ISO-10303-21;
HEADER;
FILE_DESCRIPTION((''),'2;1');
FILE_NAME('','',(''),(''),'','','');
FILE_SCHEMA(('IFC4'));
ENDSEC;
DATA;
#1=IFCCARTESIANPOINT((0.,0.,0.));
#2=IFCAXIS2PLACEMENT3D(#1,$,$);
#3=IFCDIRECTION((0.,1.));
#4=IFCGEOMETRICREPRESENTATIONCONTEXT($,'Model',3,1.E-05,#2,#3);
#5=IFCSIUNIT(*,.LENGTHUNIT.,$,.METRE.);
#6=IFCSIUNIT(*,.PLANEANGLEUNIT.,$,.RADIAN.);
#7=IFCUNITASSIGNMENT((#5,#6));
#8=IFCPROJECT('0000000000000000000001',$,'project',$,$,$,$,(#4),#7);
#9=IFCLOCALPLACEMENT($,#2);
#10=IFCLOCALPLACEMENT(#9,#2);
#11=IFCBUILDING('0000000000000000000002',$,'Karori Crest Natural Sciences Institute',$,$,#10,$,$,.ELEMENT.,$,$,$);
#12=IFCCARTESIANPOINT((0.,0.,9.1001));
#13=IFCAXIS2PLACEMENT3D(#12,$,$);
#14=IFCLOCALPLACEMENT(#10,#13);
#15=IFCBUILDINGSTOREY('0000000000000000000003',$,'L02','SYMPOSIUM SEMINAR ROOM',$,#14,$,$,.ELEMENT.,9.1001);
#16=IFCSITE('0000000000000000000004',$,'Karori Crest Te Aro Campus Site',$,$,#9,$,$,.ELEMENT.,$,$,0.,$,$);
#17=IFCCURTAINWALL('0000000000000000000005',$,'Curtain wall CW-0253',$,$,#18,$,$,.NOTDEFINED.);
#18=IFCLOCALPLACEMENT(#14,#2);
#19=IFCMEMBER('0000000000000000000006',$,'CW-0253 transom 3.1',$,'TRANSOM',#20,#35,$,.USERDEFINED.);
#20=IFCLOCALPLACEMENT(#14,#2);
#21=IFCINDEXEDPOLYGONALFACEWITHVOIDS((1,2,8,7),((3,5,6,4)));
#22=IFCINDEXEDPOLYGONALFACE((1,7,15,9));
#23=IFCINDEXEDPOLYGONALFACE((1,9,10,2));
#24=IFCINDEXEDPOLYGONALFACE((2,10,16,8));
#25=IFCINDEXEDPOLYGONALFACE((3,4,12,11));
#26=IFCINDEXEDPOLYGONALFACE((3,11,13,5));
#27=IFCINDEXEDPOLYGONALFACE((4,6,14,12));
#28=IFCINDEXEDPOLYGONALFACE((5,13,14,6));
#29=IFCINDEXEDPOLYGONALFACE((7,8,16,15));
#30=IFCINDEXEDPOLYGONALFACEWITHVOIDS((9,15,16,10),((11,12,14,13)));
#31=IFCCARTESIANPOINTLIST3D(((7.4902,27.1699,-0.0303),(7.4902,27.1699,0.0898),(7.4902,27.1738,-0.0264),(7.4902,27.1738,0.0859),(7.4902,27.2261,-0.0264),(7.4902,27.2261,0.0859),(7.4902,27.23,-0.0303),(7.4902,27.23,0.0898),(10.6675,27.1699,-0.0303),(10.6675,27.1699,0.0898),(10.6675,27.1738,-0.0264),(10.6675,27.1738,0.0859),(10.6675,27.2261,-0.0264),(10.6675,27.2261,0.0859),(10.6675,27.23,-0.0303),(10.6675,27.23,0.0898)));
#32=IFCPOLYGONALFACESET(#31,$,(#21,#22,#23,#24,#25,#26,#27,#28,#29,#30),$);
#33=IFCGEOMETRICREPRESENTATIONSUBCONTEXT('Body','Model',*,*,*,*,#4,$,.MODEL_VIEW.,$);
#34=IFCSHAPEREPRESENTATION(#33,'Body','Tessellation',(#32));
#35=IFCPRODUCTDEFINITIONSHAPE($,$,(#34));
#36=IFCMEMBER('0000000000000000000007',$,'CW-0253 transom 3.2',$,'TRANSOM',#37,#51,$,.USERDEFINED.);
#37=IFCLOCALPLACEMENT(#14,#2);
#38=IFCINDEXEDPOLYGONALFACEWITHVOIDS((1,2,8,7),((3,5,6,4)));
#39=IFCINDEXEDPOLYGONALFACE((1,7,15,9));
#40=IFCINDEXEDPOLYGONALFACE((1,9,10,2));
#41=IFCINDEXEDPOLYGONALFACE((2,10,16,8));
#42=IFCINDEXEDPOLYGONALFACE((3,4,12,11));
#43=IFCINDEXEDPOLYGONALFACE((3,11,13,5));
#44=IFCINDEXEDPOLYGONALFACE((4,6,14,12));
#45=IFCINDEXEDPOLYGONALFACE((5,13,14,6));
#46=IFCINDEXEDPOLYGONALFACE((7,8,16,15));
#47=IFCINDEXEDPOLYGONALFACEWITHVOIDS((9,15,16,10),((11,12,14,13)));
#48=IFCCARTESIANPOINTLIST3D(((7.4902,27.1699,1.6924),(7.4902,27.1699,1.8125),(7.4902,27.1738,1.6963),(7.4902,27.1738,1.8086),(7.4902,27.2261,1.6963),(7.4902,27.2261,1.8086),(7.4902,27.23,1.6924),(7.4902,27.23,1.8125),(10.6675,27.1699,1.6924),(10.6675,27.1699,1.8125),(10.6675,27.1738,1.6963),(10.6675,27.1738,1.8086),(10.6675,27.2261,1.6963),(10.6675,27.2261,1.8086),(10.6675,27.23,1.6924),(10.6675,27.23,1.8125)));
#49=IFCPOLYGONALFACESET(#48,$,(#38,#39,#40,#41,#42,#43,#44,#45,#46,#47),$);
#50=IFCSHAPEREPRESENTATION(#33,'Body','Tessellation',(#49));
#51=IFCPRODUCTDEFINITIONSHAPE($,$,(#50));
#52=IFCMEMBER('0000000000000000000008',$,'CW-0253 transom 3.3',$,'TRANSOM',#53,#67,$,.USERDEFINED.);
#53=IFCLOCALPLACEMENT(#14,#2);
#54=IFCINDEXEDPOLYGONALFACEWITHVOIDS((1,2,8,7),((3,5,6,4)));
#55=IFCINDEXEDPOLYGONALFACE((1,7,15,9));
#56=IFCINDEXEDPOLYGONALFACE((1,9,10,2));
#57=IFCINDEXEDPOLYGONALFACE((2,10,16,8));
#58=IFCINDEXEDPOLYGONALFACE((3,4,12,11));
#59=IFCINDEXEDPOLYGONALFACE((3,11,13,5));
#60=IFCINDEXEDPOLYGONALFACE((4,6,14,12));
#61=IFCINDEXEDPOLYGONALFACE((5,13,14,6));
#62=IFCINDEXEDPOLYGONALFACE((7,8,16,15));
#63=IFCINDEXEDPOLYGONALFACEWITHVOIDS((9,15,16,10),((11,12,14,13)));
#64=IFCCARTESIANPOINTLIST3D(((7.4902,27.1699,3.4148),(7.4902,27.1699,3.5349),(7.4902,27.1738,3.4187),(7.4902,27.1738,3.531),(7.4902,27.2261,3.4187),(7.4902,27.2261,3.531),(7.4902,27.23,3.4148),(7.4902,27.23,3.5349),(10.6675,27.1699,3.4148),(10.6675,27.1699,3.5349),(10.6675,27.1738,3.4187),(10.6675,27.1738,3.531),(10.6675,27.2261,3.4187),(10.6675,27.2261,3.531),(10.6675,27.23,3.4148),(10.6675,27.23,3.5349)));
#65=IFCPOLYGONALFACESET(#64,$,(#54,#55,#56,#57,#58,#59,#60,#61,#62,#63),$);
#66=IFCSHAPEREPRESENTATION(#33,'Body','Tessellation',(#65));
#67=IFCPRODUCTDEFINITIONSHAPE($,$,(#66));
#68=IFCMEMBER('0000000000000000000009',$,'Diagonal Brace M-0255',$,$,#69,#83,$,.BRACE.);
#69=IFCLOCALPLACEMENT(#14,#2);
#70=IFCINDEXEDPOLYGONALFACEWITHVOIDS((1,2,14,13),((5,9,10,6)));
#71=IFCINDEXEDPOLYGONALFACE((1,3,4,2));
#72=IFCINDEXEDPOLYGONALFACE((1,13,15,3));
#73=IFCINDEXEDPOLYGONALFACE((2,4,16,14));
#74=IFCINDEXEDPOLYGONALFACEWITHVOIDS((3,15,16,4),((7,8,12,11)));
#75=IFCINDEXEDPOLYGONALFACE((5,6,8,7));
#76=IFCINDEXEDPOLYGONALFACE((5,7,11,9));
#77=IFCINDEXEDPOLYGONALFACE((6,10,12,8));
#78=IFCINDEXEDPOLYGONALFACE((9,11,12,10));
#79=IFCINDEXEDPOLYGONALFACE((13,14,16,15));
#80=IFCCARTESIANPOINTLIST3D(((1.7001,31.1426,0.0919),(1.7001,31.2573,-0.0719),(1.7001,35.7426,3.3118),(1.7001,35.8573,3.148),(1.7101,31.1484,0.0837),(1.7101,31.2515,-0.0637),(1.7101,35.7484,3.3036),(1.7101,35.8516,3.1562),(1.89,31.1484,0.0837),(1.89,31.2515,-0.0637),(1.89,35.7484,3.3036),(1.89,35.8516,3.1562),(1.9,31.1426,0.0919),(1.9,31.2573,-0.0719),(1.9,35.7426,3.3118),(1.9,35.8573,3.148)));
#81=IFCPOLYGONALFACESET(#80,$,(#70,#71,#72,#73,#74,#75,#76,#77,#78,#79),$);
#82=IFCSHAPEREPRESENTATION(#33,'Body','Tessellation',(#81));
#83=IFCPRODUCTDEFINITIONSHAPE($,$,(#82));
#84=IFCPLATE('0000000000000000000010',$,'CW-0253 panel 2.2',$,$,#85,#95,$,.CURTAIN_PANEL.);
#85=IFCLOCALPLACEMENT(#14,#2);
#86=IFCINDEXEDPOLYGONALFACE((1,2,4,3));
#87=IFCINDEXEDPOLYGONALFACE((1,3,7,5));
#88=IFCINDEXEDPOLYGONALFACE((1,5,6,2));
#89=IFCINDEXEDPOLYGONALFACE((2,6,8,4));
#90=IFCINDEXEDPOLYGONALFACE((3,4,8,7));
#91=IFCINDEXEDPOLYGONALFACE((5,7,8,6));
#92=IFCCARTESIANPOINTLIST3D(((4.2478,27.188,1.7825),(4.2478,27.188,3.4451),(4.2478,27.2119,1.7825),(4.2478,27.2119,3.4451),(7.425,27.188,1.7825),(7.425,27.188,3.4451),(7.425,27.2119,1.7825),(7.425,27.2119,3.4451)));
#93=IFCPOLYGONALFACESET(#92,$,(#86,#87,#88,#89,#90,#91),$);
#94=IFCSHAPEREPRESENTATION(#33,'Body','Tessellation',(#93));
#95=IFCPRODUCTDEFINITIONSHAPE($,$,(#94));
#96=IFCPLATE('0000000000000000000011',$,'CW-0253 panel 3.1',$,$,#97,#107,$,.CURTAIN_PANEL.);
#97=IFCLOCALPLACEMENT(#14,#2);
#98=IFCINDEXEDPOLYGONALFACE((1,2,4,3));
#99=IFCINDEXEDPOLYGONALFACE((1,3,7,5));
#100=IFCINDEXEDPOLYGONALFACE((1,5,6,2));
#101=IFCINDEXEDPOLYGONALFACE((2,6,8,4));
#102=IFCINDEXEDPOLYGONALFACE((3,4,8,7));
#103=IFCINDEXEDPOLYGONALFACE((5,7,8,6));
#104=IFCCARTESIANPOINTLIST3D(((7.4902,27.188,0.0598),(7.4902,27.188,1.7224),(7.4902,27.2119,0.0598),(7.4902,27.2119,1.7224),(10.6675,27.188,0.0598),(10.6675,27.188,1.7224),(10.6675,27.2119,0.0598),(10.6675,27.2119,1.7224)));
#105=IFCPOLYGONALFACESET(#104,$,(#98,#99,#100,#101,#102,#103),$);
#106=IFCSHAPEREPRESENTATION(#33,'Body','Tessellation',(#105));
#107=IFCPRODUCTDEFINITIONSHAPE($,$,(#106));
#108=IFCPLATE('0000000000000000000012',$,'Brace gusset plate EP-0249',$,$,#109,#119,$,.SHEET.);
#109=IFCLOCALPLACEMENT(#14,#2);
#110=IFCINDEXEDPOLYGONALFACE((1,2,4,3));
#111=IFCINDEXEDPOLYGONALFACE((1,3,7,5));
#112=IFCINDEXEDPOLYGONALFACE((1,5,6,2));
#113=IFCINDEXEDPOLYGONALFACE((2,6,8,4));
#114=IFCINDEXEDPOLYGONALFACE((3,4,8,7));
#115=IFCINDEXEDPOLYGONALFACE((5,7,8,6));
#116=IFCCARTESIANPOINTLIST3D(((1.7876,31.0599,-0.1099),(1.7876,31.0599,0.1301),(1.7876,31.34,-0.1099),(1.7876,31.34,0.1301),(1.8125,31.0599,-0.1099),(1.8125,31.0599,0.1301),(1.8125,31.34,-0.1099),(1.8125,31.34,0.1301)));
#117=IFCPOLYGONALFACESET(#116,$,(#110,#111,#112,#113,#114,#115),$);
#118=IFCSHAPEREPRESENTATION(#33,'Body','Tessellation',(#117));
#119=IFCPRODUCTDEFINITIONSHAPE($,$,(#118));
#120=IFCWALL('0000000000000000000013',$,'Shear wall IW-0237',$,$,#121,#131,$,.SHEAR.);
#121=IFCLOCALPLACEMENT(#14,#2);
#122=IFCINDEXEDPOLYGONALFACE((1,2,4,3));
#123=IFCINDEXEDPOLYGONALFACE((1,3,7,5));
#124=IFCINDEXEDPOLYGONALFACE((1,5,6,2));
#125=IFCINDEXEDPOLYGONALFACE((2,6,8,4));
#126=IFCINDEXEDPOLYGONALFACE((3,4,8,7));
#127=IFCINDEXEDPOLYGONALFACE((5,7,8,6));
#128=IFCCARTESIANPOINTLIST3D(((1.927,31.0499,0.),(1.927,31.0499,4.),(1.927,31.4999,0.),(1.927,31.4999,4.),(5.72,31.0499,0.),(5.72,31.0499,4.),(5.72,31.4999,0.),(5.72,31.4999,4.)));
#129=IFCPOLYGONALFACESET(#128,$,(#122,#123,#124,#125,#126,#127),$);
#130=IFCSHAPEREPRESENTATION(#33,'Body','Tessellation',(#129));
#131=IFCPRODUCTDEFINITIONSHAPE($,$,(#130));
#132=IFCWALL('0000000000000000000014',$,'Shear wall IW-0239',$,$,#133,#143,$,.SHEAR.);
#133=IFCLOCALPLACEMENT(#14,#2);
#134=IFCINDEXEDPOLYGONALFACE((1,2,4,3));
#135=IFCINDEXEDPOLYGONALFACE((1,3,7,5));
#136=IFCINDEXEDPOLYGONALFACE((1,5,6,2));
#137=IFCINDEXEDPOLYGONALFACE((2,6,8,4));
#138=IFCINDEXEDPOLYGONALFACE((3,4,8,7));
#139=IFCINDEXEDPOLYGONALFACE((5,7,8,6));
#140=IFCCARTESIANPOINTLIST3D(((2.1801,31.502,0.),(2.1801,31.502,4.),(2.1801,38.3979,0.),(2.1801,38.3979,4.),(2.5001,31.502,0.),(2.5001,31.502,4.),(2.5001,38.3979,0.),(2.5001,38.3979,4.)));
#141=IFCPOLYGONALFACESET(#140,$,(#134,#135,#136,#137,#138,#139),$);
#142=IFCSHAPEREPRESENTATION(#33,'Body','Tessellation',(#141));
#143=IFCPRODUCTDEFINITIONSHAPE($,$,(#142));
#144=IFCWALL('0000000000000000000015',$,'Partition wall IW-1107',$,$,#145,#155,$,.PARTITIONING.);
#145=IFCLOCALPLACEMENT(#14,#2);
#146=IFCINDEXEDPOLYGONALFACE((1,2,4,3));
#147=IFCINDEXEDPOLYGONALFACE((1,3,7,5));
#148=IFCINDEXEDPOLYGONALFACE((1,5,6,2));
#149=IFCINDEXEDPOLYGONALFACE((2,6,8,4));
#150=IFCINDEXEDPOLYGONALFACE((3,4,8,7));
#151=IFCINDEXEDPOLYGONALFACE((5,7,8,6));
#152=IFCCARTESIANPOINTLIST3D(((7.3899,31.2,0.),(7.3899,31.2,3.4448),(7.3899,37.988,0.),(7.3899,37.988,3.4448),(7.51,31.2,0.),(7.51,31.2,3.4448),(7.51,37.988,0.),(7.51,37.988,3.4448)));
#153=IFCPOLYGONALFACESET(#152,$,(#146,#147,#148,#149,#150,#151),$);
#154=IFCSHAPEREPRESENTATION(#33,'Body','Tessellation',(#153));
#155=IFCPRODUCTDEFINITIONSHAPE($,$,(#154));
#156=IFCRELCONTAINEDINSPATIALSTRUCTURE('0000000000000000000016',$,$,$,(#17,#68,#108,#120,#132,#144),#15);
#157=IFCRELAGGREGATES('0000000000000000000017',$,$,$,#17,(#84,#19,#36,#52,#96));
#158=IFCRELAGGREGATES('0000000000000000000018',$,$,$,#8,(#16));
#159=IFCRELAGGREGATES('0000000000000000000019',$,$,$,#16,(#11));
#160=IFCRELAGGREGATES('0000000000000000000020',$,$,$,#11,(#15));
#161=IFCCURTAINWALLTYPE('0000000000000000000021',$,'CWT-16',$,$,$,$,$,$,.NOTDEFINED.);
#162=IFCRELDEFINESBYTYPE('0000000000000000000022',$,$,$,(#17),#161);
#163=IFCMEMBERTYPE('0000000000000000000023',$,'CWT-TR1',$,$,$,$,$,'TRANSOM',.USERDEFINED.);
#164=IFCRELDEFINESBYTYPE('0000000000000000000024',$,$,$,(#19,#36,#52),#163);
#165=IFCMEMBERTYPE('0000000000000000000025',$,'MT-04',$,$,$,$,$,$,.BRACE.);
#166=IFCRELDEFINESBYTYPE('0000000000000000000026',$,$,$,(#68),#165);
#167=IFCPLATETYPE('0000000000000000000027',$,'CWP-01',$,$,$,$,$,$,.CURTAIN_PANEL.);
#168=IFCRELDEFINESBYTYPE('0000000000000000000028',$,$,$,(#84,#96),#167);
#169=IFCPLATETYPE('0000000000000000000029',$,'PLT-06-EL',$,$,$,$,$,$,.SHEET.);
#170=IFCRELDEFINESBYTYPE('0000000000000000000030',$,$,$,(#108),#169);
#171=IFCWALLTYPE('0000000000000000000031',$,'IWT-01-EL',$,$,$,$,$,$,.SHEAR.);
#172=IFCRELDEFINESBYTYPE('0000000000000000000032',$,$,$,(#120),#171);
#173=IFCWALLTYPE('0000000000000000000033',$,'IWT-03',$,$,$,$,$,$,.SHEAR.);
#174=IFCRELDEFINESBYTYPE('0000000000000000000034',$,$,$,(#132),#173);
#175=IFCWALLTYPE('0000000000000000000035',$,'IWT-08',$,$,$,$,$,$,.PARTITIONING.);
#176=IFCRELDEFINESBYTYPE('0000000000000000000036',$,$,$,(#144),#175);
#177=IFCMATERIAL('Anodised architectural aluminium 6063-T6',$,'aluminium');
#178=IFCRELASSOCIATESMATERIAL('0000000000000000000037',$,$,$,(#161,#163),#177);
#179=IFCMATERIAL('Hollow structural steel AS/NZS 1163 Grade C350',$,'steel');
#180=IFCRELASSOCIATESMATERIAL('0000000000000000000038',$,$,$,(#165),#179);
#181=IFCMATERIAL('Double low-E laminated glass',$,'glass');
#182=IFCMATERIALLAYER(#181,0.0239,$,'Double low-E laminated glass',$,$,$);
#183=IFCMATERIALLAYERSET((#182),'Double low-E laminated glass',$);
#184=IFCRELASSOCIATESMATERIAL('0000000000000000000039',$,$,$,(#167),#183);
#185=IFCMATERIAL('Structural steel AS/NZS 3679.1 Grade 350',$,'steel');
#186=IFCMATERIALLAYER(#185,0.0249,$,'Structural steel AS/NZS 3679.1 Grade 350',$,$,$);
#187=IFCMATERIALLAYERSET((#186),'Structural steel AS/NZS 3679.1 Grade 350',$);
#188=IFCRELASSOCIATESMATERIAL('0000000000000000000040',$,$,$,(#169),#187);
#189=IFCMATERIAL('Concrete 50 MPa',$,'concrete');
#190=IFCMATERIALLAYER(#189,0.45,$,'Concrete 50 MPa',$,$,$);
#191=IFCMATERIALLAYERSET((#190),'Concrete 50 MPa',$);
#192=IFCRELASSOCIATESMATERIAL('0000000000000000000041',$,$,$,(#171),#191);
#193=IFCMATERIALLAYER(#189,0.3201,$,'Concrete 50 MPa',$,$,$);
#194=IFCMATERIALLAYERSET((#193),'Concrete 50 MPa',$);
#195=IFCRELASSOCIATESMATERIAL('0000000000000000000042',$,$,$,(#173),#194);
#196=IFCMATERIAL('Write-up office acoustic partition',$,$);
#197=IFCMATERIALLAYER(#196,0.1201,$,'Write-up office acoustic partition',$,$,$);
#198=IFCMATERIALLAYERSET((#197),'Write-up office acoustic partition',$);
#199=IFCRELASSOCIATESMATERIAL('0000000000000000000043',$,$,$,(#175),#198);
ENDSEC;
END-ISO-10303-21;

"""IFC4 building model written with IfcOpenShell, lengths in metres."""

from ifc_helpers import new_model, si_unit, direction, frame, frame_2d, origin, origin_2d, place, context, subcontext, project, spatial, rectangle, hollow_rectangle, extrude, material, layer, layer_set, material_profile, profile_set, type_object, element, aggregate, save


model = new_model("IFC4")

# Units and contexts
model_context = context("Model", 3, precision=1e-05, world=origin(), true_north=direction((0.0, 1.0)))
body_context = subcontext(model_context, "Body", "Model", "MODEL_VIEW")
ifc_project = project(units=[si_unit("LENGTHUNIT", "METRE"), si_unit("PLANEANGLEUNIT", "RADIAN")], contexts=[model_context])

# Site, building, storey
site_placement = place(None, origin())
site = spatial("IfcSite", under=ifc_project, at=site_placement, Name="Karori Crest Te Aro Campus Site", CompositionType="ELEMENT", RefElevation=0.0)
building_placement = place(site_placement, origin())
building = spatial("IfcBuilding", under=site, at=building_placement, Name="Karori Crest Natural Sciences Institute", CompositionType="ELEMENT")
storey_placement = place(building_placement, frame((0.0, 0.0, 9.1001)))
storey = spatial("IfcBuildingStorey", under=building, at=storey_placement, Name="L02", Description="SYMPOSIUM SEMINAR ROOM", CompositionType="ELEMENT", Elevation=9.1001)

# Shared definitions
ifc_material_1 = material(Name="Hollow structural steel AS/NZS 1163 Grade C350", Category="steel")

# Shared definitions
ifc_material_2 = material(Name="Structural steel AS/NZS 3679.1 Grade 350", Category="steel")

# Curtain wall, members
ifc_material_3 = material(Name="Anodised architectural aluminium 6063-T6", Category="aluminium")
curtain_wall_type = type_object("IfcCurtainWallType", Name="CWT-16", PredefinedType="NOTDEFINED", material=ifc_material_3)
curtain_wall_placement = place(storey_placement, origin())
curtain_wall = element("IfcCurtainWall", 1, at=curtain_wall_placement, inside=storey, type_object=curtain_wall_type, Name="Curtain wall CW-0253", PredefinedType="NOTDEFINED")
ifc_material_profile_1 = material_profile(ifc_material_3, hollow_rectangle(XDim=0.0601, YDim=0.1201, WallThickness=0.0039, at=origin_2d()), Name="CWT120x60x4")
ifc_profile_set_1 = profile_set([ifc_material_profile_1], Name="Anodised architectural aluminium 6063-T6")
member_type_1 = type_object("IfcMemberType", Name="CWT-TR1", ElementType="TRANSOM", PredefinedType="USERDEFINED", material=ifc_profile_set_1)
member_1_placement = place(storey_placement, frame((7.4902, 27.2, 0.0298), z_axis=(1.0, 0.0, 0.0), x_axis=(0.0, 1.0, 0.0)))
member_1 = element("IfcMember", 2, at=member_1_placement, type_object=member_type_1, Name="CW-0253 transom 3.1", ObjectType="TRANSOM", PredefinedType="USERDEFINED", context=body_context, shape_type="SweptSolid", body=[
    extrude(hollow_rectangle(XDim=0.0601, YDim=0.1201, WallThickness=0.0039, at=origin_2d()), origin(), (0.0, 0.0, 1.0), 3.1772),
])
member_2_placement = place(storey_placement, frame((7.4902, 27.2, 1.7524), z_axis=(1.0, 0.0, 0.0), x_axis=(0.0, 1.0, 0.0)))
member_2 = element("IfcMember", 3, at=member_2_placement, type_object=member_type_1, Name="CW-0253 transom 3.2", ObjectType="TRANSOM", PredefinedType="USERDEFINED", context=body_context, shape_type="SweptSolid", body=[
    extrude(hollow_rectangle(XDim=0.0601, YDim=0.1201, WallThickness=0.0039, at=origin_2d()), origin(), (0.0, 0.0, 1.0), 3.1772),
])
member_3_placement = place(storey_placement, frame((7.4902, 27.2, 3.4749), z_axis=(1.0, 0.0, 0.0), x_axis=(0.0, 1.0, 0.0)))
member_3 = element("IfcMember", 4, at=member_3_placement, type_object=member_type_1, Name="CW-0253 transom 3.3", ObjectType="TRANSOM", PredefinedType="USERDEFINED", context=body_context, shape_type="SweptSolid", body=[
    extrude(hollow_rectangle(XDim=0.0601, YDim=0.1201, WallThickness=0.0039, at=origin_2d()), origin(), (0.0, 0.0, 1.0), 3.1772),
])

# Member
ifc_material_profile_2 = material_profile(ifc_material_1, hollow_rectangle(XDim=0.2, YDim=0.2, WallThickness=0.01, at=origin_2d()), Name="SHS200x200x10")
ifc_profile_set_2 = profile_set([ifc_material_profile_2], Name="Hollow structural steel AS/NZS 1163 Grade C350")
member_type_2 = type_object("IfcMemberType", Name="MT-04", PredefinedType="BRACE", material=ifc_profile_set_2)
member_4_placement = place(storey_placement, frame((1.8, 31.2, 0.01), z_axis=(0.0, 0.81924, 0.573451), x_axis=(-1.0, 0.0, 0.0)))
element("IfcMember", 5, at=member_4_placement, inside=storey, type_object=member_type_2, Name="Diagonal Brace M-0255", PredefinedType="BRACE", context=body_context, shape_type="SweptSolid", body=[
    extrude(hollow_rectangle(XDim=0.2, YDim=0.2, WallThickness=0.01, at=origin_2d()), origin(), (0.0, 0.0, 1.0), 5.615),
])

# Plates
ifc_material_4 = material(Name="Double low-E laminated glass", Category="glass")
ifc_layer_1 = layer(ifc_material_4, 0.0239, Name="Double low-E laminated glass")
ifc_layer_set_1 = layer_set([ifc_layer_1], Name="Double low-E laminated glass")
plate_type_1 = type_object("IfcPlateType", Name="CWP-01", PredefinedType="CURTAIN_PANEL", material=ifc_layer_set_1)
plate_1_placement = place(storey_placement, frame((5.8364, 27.2, 1.7825), z_axis=(0.0, 0.0, 1.0), x_axis=(1.0, 0.0, 0.0)))
plate_1 = element("IfcPlate", 6, at=plate_1_placement, type_object=plate_type_1, Name="CW-0253 panel 2.2", PredefinedType="CURTAIN_PANEL", context=body_context, shape_type="SweptSolid", body=[
    extrude(rectangle(XDim=3.1772, YDim=0.0239, at=origin_2d()), origin(), (0.0, 0.0, 1.0), 1.6626),
])
plate_2_placement = place(storey_placement, frame((9.0789, 27.2, 0.0598), z_axis=(0.0, 0.0, 1.0), x_axis=(1.0, 0.0, 0.0)))
plate_2 = element("IfcPlate", 7, at=plate_2_placement, type_object=plate_type_1, Name="CW-0253 panel 3.1", PredefinedType="CURTAIN_PANEL", context=body_context, shape_type="SweptSolid", body=[
    extrude(rectangle(XDim=3.1772, YDim=0.0239, at=origin_2d()), origin(), (0.0, 0.0, 1.0), 1.6626),
])
aggregate(curtain_wall, [plate_1, member_1, member_2, member_3, plate_2])
ifc_layer_2 = layer(ifc_material_2, 0.0249, Name="Structural steel AS/NZS 3679.1 Grade 350")
ifc_layer_set_2 = layer_set([ifc_layer_2], Name="Structural steel AS/NZS 3679.1 Grade 350")
plate_type_2 = type_object("IfcPlateType", Name="PLT-06-EL", PredefinedType="SHEET", material=ifc_layer_set_2)
plate_3_placement = place(storey_placement, frame((1.8, 31.2, -0.1099), z_axis=(0.0, 0.0, 1.0), x_axis=(0.0, 1.0, 0.0)))
element("IfcPlate", 8, at=plate_3_placement, inside=storey, type_object=plate_type_2, Name="Brace gusset plate EP-0249", PredefinedType="SHEET", context=body_context, shape_type="SweptSolid", body=[
    extrude(rectangle(XDim=0.28, YDim=0.0249, at=origin_2d()), origin(), (0.0, 0.0, 1.0), 0.24),
])

# Walls
ifc_material_5 = material(Name="Concrete 50 MPa", Category="concrete")
ifc_layer_3 = layer(ifc_material_5, 0.45, Name="Concrete 50 MPa")
ifc_layer_set_3 = layer_set([ifc_layer_3], Name="Concrete 50 MPa")
wall_type_1 = type_object("IfcWallType", Name="IWT-01-EL", PredefinedType="SHEAR", material=ifc_layer_set_3)
wall_1_placement = place(storey_placement, frame((1.927, 31.2749, 0.0), z_axis=(0.0, 0.0, 1.0), x_axis=(1.0, 0.0, 0.0)))
element("IfcWall", 9, at=wall_1_placement, inside=storey, type_object=wall_type_1, Name="Shear wall IW-0237", PredefinedType="SHEAR", context=body_context, shape_type="SweptSolid", body=[
    extrude(rectangle(XDim=3.793, YDim=0.45, at=frame_2d((1.8965, 0.0))), origin(), (0.0, 0.0, 1.0), 4.0),
])
ifc_layer_4 = layer(ifc_material_5, 0.3201, Name="Concrete 50 MPa")
ifc_layer_set_4 = layer_set([ifc_layer_4], Name="Concrete 50 MPa")
wall_type_2 = type_object("IfcWallType", Name="IWT-03", PredefinedType="SHEAR", material=ifc_layer_set_4)
wall_2_placement = place(storey_placement, frame((2.3401, 31.502, 0.0), z_axis=(0.0, 0.0, 1.0), x_axis=(0.0, 1.0, 0.0)))
element("IfcWall", 10, at=wall_2_placement, inside=storey, type_object=wall_type_2, Name="Shear wall IW-0239", PredefinedType="SHEAR", context=body_context, shape_type="SweptSolid", body=[
    extrude(rectangle(XDim=6.896, YDim=0.3201, at=frame_2d((3.448, 0.0))), origin(), (0.0, 0.0, 1.0), 4.0),
])

# Wall
ifc_material_6 = material(Name="Write-up office acoustic partition")
ifc_layer_5 = layer(ifc_material_6, 0.1201, Name="Write-up office acoustic partition")
ifc_layer_set_5 = layer_set([ifc_layer_5], Name="Write-up office acoustic partition")
wall_type_3 = type_object("IfcWallType", Name="IWT-08", PredefinedType="PARTITIONING", material=ifc_layer_set_5)
wall_3_placement = place(storey_placement, frame((7.45, 31.2, 0.0), z_axis=(0.0, 0.0, 1.0), x_axis=(0.0, 1.0, 0.0)))
element("IfcWall", 11, at=wall_3_placement, inside=storey, type_object=wall_type_3, Name="Partition wall IW-1107", PredefinedType="PARTITIONING", context=body_context, shape_type="SweptSolid", body=[
    extrude(rectangle(XDim=6.7881, YDim=0.1201, at=frame_2d((3.394, 0.0))), origin(), (0.0, 0.0, 1.0), 3.4448),
])

save(model, "model.ifc")
